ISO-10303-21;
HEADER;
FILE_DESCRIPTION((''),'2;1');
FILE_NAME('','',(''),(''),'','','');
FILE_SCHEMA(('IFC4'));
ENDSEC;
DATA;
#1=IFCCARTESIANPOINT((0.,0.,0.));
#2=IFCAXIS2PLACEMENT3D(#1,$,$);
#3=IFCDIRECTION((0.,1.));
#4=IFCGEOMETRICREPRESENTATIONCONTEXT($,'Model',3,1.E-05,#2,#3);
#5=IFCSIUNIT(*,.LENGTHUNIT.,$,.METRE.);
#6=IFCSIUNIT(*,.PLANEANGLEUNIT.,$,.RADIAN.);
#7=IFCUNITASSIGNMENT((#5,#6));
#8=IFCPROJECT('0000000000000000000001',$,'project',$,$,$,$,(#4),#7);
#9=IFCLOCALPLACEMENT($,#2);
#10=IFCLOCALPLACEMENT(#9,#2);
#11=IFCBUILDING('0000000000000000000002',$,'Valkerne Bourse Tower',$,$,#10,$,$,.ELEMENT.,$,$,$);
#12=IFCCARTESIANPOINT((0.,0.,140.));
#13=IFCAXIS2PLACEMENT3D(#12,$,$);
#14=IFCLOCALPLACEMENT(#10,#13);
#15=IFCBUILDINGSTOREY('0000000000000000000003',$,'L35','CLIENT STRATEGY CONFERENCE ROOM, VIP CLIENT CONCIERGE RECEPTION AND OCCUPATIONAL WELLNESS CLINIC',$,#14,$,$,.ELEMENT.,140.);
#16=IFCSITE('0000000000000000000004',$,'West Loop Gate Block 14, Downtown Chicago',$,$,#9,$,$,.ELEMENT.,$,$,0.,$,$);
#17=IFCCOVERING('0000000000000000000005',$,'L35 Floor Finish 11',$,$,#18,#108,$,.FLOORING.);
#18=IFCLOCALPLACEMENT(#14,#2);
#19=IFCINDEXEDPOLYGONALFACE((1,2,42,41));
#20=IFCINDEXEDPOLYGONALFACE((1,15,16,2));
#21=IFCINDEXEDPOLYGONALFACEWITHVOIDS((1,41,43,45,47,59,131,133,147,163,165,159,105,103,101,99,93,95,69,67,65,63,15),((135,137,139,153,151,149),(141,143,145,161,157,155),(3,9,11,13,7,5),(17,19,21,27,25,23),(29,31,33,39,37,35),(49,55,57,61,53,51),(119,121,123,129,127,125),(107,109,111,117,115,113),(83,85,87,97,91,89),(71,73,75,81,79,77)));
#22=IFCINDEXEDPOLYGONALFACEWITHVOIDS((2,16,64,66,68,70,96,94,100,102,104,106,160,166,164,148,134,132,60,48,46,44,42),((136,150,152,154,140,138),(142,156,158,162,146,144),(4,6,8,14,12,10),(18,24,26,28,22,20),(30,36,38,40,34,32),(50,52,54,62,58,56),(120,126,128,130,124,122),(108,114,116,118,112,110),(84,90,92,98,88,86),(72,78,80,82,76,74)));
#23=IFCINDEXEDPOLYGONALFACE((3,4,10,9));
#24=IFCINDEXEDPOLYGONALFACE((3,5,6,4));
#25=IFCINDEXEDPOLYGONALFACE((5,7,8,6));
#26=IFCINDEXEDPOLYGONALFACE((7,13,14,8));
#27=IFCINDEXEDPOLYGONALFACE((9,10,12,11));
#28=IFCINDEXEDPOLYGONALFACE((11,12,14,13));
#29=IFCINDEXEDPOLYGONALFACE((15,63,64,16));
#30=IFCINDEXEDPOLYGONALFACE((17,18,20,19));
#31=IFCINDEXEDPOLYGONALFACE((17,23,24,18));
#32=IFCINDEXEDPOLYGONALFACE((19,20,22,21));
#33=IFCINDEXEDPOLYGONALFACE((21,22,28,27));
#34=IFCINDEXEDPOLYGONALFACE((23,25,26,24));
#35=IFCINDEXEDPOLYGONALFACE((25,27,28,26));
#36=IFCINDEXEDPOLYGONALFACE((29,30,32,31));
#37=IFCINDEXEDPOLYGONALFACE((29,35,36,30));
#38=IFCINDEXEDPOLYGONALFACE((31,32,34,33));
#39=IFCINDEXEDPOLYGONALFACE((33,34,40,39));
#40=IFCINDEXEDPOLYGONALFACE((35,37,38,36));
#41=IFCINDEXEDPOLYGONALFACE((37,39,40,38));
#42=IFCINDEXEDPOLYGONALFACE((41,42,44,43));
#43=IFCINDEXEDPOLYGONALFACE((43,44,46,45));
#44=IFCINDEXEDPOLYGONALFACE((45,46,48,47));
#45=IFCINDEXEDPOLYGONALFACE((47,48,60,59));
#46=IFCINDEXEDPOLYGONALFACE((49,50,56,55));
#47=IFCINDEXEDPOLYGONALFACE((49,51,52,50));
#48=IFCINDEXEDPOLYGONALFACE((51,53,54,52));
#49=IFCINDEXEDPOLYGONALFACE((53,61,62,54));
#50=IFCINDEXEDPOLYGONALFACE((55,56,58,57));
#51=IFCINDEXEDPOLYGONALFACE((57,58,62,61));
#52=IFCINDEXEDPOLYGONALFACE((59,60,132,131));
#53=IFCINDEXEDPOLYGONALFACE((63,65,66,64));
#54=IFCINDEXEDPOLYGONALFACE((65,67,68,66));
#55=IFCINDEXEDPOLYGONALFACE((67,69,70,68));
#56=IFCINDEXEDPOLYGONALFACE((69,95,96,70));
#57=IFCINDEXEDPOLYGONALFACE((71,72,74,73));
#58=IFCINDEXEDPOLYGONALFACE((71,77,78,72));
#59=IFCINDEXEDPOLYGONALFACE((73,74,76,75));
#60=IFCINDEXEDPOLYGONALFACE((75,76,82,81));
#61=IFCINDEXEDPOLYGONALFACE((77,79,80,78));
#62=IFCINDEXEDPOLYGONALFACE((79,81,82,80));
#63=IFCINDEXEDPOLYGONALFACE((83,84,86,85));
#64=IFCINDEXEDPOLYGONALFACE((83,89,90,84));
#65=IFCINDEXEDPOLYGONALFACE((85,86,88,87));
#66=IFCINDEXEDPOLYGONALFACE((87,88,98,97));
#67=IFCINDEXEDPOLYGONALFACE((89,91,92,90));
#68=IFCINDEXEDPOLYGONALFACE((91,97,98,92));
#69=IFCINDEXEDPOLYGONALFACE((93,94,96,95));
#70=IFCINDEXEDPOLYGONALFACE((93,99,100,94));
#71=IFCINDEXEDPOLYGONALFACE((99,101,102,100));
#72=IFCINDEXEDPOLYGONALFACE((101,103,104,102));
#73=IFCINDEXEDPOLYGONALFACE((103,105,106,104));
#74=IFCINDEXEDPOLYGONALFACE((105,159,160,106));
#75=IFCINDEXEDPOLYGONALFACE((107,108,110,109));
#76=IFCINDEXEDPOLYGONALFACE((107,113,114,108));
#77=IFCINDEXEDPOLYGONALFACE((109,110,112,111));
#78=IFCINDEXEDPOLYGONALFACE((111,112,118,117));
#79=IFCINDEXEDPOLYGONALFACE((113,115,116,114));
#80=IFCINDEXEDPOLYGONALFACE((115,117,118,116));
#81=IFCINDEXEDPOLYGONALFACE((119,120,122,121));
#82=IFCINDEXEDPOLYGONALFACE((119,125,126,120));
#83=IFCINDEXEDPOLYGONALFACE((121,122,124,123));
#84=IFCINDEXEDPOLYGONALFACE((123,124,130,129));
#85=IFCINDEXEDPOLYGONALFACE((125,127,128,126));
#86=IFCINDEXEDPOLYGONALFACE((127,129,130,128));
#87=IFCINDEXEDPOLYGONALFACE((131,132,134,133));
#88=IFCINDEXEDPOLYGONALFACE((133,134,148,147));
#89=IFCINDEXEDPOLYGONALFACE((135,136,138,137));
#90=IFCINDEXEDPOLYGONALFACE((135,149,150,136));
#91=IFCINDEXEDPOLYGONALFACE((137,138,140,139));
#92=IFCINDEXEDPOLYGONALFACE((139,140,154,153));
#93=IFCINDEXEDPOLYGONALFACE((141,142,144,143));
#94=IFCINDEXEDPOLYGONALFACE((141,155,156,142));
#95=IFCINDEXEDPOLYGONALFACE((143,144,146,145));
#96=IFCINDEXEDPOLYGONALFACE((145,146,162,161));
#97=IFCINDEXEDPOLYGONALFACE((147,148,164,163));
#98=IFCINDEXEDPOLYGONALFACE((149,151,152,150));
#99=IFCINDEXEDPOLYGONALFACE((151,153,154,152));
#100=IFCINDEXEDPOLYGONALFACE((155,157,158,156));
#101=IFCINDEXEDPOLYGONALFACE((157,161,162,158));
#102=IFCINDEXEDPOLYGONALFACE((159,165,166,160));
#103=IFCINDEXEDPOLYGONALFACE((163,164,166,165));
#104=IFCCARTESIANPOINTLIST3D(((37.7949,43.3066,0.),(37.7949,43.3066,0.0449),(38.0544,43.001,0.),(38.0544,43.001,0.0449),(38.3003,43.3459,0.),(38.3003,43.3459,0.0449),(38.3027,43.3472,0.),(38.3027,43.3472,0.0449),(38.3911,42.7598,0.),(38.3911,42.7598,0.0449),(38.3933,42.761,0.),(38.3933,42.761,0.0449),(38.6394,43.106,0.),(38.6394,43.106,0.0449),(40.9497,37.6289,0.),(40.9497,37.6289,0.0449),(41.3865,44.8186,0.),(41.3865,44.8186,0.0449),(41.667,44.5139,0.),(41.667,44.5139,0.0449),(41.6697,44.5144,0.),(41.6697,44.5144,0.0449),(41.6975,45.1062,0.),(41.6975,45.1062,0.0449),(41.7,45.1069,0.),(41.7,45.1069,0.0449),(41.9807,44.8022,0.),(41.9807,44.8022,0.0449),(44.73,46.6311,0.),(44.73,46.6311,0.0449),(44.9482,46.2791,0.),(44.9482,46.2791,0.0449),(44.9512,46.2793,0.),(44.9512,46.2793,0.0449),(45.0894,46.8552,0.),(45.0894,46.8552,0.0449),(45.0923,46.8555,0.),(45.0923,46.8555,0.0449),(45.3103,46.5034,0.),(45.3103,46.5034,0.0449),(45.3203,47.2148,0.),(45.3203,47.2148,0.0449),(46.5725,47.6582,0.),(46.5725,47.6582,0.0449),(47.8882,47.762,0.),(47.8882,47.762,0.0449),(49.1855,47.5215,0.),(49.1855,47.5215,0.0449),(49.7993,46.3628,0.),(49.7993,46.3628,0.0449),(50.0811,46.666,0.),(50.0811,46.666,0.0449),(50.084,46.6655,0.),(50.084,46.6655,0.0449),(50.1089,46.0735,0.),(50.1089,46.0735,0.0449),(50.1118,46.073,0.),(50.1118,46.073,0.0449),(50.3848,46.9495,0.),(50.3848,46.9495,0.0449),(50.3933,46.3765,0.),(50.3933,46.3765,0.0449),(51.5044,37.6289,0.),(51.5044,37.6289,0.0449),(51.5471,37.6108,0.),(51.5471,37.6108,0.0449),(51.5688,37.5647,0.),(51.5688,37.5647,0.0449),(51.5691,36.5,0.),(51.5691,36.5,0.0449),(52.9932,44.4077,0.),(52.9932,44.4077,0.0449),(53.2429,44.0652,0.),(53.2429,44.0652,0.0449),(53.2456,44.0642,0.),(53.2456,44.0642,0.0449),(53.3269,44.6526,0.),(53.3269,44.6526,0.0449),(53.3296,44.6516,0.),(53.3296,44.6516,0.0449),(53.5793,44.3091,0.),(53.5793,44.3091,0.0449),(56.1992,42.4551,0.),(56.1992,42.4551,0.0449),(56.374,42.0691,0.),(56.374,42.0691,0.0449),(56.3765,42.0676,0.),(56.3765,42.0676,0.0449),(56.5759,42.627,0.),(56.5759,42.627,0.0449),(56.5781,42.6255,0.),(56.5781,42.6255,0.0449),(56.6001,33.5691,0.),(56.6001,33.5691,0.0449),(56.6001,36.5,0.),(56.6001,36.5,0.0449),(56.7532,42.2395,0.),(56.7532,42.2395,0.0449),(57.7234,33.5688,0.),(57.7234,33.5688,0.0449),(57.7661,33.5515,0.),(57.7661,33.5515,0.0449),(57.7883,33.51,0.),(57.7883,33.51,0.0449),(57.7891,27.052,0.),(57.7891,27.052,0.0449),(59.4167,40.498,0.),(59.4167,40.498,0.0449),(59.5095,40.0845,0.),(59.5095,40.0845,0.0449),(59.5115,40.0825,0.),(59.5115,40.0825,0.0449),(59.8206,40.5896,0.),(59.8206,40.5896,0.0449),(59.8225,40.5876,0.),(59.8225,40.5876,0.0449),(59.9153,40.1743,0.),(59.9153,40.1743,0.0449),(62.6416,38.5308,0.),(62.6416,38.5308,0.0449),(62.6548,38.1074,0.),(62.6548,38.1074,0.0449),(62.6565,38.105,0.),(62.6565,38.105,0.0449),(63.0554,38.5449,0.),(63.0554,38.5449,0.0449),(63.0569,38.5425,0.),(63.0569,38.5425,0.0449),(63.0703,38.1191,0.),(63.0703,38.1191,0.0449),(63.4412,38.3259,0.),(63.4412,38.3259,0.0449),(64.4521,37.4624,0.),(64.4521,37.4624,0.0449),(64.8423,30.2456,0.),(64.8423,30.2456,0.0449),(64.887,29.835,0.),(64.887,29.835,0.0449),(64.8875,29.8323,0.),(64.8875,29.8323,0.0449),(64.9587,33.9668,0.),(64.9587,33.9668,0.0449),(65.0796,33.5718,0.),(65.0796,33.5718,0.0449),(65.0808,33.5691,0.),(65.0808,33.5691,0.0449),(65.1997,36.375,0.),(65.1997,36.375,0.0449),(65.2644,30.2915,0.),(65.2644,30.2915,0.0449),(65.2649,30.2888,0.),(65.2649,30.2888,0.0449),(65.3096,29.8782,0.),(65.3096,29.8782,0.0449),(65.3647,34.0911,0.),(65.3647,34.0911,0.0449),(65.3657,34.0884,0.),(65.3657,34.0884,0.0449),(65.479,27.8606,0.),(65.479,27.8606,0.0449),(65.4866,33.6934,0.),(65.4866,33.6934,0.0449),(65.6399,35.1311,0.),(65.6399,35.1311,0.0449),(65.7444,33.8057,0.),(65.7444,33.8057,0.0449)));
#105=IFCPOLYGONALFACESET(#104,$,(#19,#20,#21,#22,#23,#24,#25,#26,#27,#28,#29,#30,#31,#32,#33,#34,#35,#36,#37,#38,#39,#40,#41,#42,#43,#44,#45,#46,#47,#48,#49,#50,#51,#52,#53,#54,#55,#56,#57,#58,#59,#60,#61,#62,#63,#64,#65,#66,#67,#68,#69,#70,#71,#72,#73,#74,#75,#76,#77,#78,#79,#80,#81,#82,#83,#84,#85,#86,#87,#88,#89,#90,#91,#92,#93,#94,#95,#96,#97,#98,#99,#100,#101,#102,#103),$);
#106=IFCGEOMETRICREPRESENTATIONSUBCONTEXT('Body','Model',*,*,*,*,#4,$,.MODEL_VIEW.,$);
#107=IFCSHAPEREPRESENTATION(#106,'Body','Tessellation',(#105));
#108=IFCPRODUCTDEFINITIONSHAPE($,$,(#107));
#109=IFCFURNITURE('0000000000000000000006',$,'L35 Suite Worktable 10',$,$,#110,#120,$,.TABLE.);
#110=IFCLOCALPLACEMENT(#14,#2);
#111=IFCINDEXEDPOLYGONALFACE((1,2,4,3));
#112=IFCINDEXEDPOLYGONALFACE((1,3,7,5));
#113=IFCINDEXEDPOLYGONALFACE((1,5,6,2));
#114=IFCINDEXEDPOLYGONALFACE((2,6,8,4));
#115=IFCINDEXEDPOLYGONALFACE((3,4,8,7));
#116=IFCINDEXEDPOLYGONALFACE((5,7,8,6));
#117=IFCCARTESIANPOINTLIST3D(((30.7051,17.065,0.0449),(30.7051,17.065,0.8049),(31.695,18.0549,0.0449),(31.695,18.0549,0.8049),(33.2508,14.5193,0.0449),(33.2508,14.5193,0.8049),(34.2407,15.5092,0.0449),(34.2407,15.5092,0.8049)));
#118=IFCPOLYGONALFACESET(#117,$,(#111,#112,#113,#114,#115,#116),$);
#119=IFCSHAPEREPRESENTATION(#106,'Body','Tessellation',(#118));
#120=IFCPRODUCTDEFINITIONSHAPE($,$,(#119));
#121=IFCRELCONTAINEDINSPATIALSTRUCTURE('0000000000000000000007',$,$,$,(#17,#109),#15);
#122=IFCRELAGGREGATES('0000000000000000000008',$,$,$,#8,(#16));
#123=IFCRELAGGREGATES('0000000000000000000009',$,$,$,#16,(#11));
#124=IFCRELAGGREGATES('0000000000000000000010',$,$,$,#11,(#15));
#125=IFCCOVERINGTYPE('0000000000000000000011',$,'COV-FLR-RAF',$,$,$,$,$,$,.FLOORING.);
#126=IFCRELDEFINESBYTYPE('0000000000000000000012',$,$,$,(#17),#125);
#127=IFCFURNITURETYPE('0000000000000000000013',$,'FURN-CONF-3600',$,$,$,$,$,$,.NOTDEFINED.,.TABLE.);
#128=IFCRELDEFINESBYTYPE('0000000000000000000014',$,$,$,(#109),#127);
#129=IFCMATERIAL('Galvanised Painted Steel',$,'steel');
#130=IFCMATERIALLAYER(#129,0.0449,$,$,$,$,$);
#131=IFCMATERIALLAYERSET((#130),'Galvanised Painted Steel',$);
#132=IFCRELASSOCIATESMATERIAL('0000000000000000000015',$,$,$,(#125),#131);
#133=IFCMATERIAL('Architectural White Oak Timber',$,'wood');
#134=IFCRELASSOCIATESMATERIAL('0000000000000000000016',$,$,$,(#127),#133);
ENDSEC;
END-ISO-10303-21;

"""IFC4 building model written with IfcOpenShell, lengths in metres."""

from ifc_helpers import new_model, si_unit, direction, frame, origin, origin_2d, place, context, subcontext, project, spatial, polyline, rectangle, outline, extrude, material, layer, layer_set, type_object, element, save


model = new_model("IFC4")

# Units and contexts
model_context = context("Model", 3, precision=1e-05, world=origin(), true_north=direction((0.0, 1.0)))
body_context = subcontext(model_context, "Body", "Model", "MODEL_VIEW")
ifc_project = project(units=[si_unit("LENGTHUNIT", "METRE"), si_unit("PLANEANGLEUNIT", "RADIAN")], contexts=[model_context])

# Site, building, storey
site_placement = place(None, origin())
site = spatial("IfcSite", under=ifc_project, at=site_placement, Name="West Loop Gate Block 14, Downtown Chicago", CompositionType="ELEMENT", RefElevation=0.0)
building_placement = place(site_placement, origin())
building = spatial("IfcBuilding", under=site, at=building_placement, Name="Valkerne Bourse Tower", CompositionType="ELEMENT")
storey_placement = place(building_placement, frame((0.0, 0.0, 140.0)))
storey = spatial("IfcBuildingStorey", under=building, at=storey_placement, Name="L35", Description="CLIENT STRATEGY CONFERENCE ROOM, VIP CLIENT CONCIERGE RECEPTION AND OCCUPATIONAL WELLNESS CLINIC", CompositionType="ELEMENT", Elevation=140.0)

# Covering
ifc_material_1 = material(Name="Galvanised Painted Steel", Category="steel")
ifc_layer_1 = layer(ifc_material_1, 0.0449)
ifc_layer_set_1 = layer_set([ifc_layer_1], Name="Galvanised Painted Steel")
covering_type_1 = type_object("IfcCoveringType", Name="COV-FLR-RAF", PredefinedType="FLOORING", material=ifc_layer_set_1)
covering_1_placement = place(storey_placement, origin())
element("IfcCovering", 1, at=covering_1_placement, inside=storey, type_object=covering_type_1, Name="L35 Floor Finish 11", PredefinedType="FLOORING", context=body_context, shape_type="SweptSolid", body=[
    extrude(outline(polyline([(47.8882, 47.762), (49.1855, 47.5215), (50.3848, 46.9495), (63.4412, 38.3259), (64.4521, 37.4624), (65.1997, 36.375), (65.6399, 35.1311), (65.7444, 33.8057), (65.479, 27.8606), (57.7891, 27.052), (57.7883, 33.51), (57.7661, 33.5515), (57.7234, 33.5688), (56.6001, 33.5691), (56.6001, 36.5), (51.5691, 36.5), (51.5688, 37.5647), (51.5471, 37.6108), (51.5044, 37.6289), (40.9497, 37.6289), (37.7949, 43.3066), (45.3203, 47.2148), (46.5725, 47.6582), (47.8882, 47.762)]), holes=[polyline([(38.3933, 42.761), (38.6394, 43.106), (38.3027, 43.3472), (38.3003, 43.3459), (38.0544, 43.001), (38.3911, 42.7598), (38.3933, 42.761)]), polyline([(53.5793, 44.3091), (53.3296, 44.6516), (53.3269, 44.6526), (52.9932, 44.4077), (53.2429, 44.0652), (53.2456, 44.0642), (53.5793, 44.3091)]), polyline([(41.9807, 44.8022), (41.7, 45.1069), (41.6975, 45.1062), (41.3865, 44.8186), (41.667, 44.5139), (41.6697, 44.5144), (41.9807, 44.8022)]), polyline([(50.084, 46.6655), (50.0811, 46.666), (49.7993, 46.3628), (50.1089, 46.0735), (50.1118, 46.073), (50.3933, 46.3765), (50.084, 46.6655)]), polyline([(45.3103, 46.5034), (45.0923, 46.8555), (45.0894, 46.8552), (44.73, 46.6311), (44.9482, 46.2791), (44.9512, 46.2793), (45.3103, 46.5034)]), polyline([(65.3096, 29.8782), (65.2649, 30.2888), (65.2644, 30.2915), (64.8423, 30.2456), (64.887, 29.835), (64.8875, 29.8323), (65.3096, 29.8782)]), polyline([(65.4866, 33.6934), (65.3657, 34.0884), (65.3647, 34.0911), (64.9587, 33.9668), (65.0796, 33.5718), (65.0808, 33.5691), (65.4866, 33.6934)]), polyline([(63.0703, 38.1191), (63.0569, 38.5425), (63.0554, 38.5449), (62.6416, 38.5308), (62.6548, 38.1074), (62.6565, 38.105), (63.0703, 38.1191)]), polyline([(59.8225, 40.5876), (59.8206, 40.5896), (59.4167, 40.498), (59.5095, 40.0845), (59.5115, 40.0825), (59.9153, 40.1743), (59.8225, 40.5876)]), polyline([(56.7532, 42.2395), (56.5781, 42.6255), (56.5759, 42.627), (56.1992, 42.4551), (56.374, 42.0691), (56.3765, 42.0676), (56.7532, 42.2395)])]), origin(), (0.0, 0.0, 1.0), 0.0449),
])

# Furniture
ifc_material_2 = material(Name="Architectural White Oak Timber", Category="wood")
furniture_type = type_object("IfcFurnitureType", Name="FURN-CONF-3600", AssemblyPlace="NOTDEFINED", PredefinedType="TABLE", material=ifc_material_2)
furniture_placement = place(storey_placement, frame((32.4729, 16.2871, 0.0449), z_axis=(0.0, 0.0, 1.0), x_axis=(-0.707107, 0.707107, 0.0)))
element("IfcFurniture", 2, at=furniture_placement, inside=storey, type_object=furniture_type, Name="L35 Suite Worktable 10", PredefinedType="TABLE", context=body_context, shape_type="SweptSolid", body=[
    extrude(rectangle(XDim=3.6001, YDim=1.3999, at=origin_2d()), origin(), (0.0, 0.0, 1.0), 0.76),
])

save(model, "model.ifc")
